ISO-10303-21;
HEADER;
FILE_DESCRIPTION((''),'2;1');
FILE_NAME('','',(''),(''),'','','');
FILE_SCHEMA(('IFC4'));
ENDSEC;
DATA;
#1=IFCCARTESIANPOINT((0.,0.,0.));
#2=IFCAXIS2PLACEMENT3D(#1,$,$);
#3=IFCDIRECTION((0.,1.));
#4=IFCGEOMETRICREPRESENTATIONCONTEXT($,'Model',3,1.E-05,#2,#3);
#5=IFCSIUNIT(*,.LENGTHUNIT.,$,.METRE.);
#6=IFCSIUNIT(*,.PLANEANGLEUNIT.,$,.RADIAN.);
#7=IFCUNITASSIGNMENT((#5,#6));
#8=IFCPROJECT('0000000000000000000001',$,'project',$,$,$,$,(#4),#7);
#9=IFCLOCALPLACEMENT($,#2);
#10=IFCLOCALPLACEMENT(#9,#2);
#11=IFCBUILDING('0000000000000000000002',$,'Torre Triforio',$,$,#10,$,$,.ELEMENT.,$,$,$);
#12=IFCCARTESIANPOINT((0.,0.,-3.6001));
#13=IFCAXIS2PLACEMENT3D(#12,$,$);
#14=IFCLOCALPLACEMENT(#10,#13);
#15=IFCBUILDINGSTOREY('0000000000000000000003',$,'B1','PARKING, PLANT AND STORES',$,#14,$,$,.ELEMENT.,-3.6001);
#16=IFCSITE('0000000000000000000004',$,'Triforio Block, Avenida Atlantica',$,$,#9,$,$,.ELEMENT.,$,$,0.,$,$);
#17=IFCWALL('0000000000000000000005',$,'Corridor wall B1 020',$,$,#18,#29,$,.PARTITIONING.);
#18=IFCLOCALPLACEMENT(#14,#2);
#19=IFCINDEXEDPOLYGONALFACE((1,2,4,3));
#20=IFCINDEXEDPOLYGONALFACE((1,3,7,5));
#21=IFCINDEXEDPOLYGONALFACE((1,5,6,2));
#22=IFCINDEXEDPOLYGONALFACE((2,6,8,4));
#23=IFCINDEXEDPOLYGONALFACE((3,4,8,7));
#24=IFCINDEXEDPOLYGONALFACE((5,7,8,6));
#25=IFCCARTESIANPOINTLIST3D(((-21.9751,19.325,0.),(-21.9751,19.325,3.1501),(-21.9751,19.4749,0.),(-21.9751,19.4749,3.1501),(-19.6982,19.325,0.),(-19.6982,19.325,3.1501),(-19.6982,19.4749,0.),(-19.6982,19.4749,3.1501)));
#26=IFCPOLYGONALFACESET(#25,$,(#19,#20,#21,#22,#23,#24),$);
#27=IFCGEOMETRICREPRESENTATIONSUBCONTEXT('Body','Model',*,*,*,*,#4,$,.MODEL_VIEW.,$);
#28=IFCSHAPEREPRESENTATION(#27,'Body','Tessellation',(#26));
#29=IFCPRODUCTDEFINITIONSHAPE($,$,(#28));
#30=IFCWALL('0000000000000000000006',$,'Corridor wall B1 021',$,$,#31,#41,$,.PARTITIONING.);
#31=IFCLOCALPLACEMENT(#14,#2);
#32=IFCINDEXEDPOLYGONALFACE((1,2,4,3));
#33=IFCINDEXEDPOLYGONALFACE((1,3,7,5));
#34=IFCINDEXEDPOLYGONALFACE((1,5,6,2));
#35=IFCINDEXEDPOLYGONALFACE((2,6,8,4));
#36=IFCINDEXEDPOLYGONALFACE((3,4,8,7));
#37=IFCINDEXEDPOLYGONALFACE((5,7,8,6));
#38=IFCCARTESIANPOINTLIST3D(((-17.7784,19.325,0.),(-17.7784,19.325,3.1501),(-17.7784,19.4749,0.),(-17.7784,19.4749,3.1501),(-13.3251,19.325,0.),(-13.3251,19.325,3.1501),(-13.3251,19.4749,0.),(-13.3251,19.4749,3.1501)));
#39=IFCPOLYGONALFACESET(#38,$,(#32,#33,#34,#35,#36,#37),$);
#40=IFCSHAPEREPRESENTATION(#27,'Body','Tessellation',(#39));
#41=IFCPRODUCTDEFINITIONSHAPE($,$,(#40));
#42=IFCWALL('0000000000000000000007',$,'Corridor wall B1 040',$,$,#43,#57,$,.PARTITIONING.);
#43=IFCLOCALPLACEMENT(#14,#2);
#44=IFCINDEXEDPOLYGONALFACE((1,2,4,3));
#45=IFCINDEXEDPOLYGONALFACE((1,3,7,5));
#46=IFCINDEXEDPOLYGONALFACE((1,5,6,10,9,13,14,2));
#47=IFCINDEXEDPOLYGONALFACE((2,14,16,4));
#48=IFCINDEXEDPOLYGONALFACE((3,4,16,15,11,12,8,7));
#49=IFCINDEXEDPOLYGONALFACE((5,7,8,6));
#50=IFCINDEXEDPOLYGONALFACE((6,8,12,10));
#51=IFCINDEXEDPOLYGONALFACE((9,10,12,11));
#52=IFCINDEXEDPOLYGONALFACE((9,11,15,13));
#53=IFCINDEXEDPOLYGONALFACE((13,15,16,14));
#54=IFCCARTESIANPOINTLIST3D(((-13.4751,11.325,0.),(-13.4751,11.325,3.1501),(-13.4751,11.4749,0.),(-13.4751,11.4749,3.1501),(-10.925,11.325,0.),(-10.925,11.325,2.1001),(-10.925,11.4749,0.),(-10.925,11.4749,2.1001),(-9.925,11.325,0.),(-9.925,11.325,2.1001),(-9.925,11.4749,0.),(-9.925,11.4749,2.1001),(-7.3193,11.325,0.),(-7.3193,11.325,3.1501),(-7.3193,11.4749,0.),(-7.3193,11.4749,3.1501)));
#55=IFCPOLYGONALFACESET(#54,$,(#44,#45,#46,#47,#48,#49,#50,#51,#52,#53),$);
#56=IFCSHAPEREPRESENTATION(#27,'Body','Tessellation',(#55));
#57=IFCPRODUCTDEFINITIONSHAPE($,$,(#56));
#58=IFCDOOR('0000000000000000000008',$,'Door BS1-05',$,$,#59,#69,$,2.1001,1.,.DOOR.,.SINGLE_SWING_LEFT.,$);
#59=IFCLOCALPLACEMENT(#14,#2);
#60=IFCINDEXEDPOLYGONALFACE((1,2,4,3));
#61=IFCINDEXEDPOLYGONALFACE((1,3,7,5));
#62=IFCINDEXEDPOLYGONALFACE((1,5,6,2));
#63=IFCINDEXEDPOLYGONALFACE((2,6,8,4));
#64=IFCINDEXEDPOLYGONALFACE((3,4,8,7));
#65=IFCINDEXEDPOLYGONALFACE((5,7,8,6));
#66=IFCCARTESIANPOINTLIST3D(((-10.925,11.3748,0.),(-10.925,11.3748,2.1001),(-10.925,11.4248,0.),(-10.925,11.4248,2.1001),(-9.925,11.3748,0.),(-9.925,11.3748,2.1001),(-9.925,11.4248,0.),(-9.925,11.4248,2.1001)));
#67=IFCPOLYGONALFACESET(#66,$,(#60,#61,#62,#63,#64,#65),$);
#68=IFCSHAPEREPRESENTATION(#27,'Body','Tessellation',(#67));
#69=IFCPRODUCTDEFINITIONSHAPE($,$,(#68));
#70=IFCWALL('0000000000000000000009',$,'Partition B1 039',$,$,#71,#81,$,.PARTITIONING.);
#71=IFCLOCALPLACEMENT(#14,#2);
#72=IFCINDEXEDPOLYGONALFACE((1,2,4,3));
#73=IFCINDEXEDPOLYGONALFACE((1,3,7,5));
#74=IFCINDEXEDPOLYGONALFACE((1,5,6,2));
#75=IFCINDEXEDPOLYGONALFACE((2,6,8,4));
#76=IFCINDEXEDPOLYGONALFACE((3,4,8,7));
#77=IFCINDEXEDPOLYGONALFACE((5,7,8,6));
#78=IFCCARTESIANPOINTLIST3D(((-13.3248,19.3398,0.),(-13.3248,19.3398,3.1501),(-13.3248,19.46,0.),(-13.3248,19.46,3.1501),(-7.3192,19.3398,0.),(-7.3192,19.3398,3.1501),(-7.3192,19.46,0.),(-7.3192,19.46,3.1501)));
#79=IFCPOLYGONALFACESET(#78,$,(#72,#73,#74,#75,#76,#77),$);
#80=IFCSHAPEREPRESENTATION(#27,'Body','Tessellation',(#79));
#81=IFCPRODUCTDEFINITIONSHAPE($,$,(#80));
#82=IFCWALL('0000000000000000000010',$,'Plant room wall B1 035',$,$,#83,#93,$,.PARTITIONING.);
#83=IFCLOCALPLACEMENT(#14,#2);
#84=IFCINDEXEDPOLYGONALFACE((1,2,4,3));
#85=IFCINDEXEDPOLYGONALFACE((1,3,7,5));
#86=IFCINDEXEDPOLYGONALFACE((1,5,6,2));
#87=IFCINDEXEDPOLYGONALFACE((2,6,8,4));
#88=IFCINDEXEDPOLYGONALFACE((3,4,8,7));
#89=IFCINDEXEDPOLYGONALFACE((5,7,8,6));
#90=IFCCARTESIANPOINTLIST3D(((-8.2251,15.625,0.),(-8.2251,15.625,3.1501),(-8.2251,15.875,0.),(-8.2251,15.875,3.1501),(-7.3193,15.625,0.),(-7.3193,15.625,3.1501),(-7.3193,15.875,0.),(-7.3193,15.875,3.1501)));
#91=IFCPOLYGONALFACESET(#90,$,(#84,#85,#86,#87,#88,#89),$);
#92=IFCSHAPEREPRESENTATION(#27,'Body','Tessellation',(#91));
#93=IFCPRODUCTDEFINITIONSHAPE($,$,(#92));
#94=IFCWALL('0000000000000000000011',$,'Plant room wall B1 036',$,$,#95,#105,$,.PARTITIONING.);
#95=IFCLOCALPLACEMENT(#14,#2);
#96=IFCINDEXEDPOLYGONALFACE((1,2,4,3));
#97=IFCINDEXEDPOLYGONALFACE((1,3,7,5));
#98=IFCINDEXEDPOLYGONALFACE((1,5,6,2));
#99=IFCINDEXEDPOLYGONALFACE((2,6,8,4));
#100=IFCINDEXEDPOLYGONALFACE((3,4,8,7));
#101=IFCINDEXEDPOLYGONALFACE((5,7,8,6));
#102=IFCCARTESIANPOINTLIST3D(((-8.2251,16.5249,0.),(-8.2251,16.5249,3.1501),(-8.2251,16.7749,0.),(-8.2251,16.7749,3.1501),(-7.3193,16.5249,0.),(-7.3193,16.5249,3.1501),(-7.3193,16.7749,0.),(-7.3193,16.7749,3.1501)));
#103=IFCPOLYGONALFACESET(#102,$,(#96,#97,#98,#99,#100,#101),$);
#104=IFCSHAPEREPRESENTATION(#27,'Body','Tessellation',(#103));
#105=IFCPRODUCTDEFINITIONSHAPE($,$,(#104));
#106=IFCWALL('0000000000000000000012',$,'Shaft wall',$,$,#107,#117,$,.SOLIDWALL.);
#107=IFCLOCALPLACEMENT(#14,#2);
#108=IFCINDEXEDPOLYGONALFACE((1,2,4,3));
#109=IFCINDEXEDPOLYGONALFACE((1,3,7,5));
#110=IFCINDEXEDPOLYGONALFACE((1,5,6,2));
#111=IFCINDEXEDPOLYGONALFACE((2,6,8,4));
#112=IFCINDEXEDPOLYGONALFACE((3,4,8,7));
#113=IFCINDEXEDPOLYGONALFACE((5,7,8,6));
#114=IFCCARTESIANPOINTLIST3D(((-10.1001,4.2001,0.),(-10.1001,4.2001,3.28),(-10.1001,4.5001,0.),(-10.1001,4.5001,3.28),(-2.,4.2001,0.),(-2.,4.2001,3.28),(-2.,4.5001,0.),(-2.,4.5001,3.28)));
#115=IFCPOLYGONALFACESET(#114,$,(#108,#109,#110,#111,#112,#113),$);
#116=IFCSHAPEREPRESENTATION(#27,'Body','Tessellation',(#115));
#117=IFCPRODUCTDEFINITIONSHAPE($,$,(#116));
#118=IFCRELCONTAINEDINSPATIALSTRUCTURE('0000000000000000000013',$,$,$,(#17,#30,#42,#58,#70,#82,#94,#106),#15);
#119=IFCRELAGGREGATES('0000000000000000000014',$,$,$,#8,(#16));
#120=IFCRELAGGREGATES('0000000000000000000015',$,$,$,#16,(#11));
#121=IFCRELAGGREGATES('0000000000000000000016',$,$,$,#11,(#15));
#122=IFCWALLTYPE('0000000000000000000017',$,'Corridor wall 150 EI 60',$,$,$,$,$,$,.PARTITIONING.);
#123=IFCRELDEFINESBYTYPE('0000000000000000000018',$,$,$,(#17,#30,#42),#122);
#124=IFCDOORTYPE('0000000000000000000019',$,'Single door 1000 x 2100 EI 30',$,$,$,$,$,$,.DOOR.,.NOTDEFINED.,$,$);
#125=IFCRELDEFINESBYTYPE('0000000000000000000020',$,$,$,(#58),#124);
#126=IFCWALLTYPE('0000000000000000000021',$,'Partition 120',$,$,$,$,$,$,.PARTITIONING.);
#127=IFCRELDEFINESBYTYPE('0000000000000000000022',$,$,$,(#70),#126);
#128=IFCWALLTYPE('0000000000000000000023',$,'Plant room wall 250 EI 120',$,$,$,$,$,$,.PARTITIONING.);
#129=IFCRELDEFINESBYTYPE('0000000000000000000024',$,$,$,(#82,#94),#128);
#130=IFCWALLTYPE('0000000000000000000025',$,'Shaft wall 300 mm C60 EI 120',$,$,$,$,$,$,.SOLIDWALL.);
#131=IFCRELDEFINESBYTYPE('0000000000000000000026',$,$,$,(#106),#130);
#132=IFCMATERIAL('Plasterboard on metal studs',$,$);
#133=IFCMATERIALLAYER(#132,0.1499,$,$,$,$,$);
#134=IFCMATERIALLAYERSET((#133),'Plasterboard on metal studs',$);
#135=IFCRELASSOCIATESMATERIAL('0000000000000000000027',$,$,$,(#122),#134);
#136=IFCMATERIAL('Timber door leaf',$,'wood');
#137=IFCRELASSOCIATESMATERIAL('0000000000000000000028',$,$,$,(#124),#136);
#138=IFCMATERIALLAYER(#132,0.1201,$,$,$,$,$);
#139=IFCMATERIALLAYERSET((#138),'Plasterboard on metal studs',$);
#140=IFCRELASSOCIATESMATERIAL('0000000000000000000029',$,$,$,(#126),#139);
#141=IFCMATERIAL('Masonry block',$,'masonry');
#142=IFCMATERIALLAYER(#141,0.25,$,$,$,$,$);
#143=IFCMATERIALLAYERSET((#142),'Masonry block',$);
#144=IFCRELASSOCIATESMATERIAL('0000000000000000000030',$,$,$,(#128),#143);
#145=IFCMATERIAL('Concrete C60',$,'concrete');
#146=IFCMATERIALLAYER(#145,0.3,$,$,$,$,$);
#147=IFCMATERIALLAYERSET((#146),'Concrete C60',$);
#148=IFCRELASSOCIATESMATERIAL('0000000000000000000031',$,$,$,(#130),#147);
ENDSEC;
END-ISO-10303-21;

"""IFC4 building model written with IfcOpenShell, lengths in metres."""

from ifc_helpers import new_model, si_unit, direction, frame, frame_2d, origin, place, context, subcontext, project, spatial, rectangle, extrude, material, layer, layer_set, type_object, element, fill, save


model = new_model("IFC4")

# Units and contexts
model_context = context("Model", 3, precision=1e-05, world=origin(), true_north=direction((0.0, 1.0)))
body_context = subcontext(model_context, "Body", "Model", "MODEL_VIEW")
ifc_project = project(units=[si_unit("LENGTHUNIT", "METRE"), si_unit("PLANEANGLEUNIT", "RADIAN")], contexts=[model_context])

# Site, building, storey
site_placement = place(None, origin())
site = spatial("IfcSite", under=ifc_project, at=site_placement, Name="Triforio Block, Avenida Atlantica", CompositionType="ELEMENT", RefElevation=0.0)
building_placement = place(site_placement, origin())
building = spatial("IfcBuilding", under=site, at=building_placement, Name="Torre Triforio", CompositionType="ELEMENT")
storey_placement = place(building_placement, frame((0.0, 0.0, -3.6001)))
storey = spatial("IfcBuildingStorey", under=building, at=storey_placement, Name="B1", Description="PARKING, PLANT AND STORES", CompositionType="ELEMENT", Elevation=-3.6001)

# Shared definitions
ifc_material_1 = material(Name="Concrete C60", Category="concrete")

# Walls
ifc_material_2 = material(Name="Plasterboard on metal studs")
ifc_layer_1 = layer(ifc_material_2, 0.1499)
ifc_layer_set_1 = layer_set([ifc_layer_1], Name="Plasterboard on metal studs")
wall_type_1 = type_object("IfcWallType", Name="Corridor wall 150 EI 60", PredefinedType="PARTITIONING", material=ifc_layer_set_1)
wall_1_placement = place(storey_placement, frame((-21.9751, 19.3999, 0.0), z_axis=(0.0, 0.0, 1.0), x_axis=(1.0, 0.0, 0.0)))
element("IfcWall", 1, at=wall_1_placement, inside=storey, type_object=wall_type_1, Name="Corridor wall B1 020", PredefinedType="PARTITIONING", context=body_context, shape_type="SweptSolid", body=[
    extrude(rectangle(XDim=2.2769, YDim=0.1499, at=frame_2d((1.1384, 0.0))), origin(), (0.0, 0.0, 1.0), 3.1501),
])
wall_2_placement = place(storey_placement, frame((-17.7783, 19.3999, 0.0), z_axis=(0.0, 0.0, 1.0), x_axis=(1.0, 0.0, 0.0)))
element("IfcWall", 2, at=wall_2_placement, inside=storey, type_object=wall_type_1, Name="Corridor wall B1 021", PredefinedType="PARTITIONING", context=body_context, shape_type="SweptSolid", body=[
    extrude(rectangle(XDim=4.4534, YDim=0.1499, at=frame_2d((2.2266, 0.0))), origin(), (0.0, 0.0, 1.0), 3.1501),
])

# Wall, opening, door
wall_3_placement = place(storey_placement, frame((-13.4751, 11.3999, 0.0), z_axis=(0.0, 0.0, 1.0), x_axis=(1.0, 0.0, 0.0)))
wall_3 = element("IfcWall", 3, at=wall_3_placement, inside=storey, type_object=wall_type_1, Name="Corridor wall B1 040", PredefinedType="PARTITIONING", context=body_context, shape_type="SweptSolid", body=[
    extrude(rectangle(XDim=6.1558, YDim=0.1499, at=frame_2d((3.0779, 0.0))), origin(), (0.0, 0.0, 1.0), 3.1501),
])
opening_1_placement = place(wall_3_placement, frame((2.55, 0.0, 0.0)))
opening_1 = element("IfcOpeningElement", 4, at=opening_1_placement, cuts=wall_3, PredefinedType="OPENING", context=body_context, shape_type="SweptSolid", body=[
    extrude(rectangle(XDim=1.0, YDim=2.1001, at=frame_2d((0.5, 1.05))), frame((0.0, 0.085, 0.0), z_axis=(0.0, -1.0, 0.0), x_axis=(1.0, 0.0, 0.0)), (0.0, 0.0, 1.0), 0.1699),
])
ifc_material_3 = material(Name="Timber door leaf", Category="wood")
door_type_1 = type_object("IfcDoorType", Name="Single door 1000 x 2100 EI 30", OperationType="NOTDEFINED", PredefinedType="DOOR", material=ifc_material_3)
door_1_placement = place(opening_1_placement, origin())
door_1 = element("IfcDoor", 5, at=door_1_placement, inside=storey, type_object=door_type_1, Name="Door BS1-05", OperationType="SINGLE_SWING_LEFT", OverallHeight=2.1001, OverallWidth=1.0, PredefinedType="DOOR", context=body_context, shape_type="SweptSolid", body=[
    extrude(rectangle(XDim=1.0, YDim=2.1001, at=frame_2d((0.5, 1.05))), frame((0.0, 0.0249, 0.0), z_axis=(0.0, -1.0, 0.0), x_axis=(1.0, 0.0, 0.0)), (0.0, 0.0, 1.0), 0.05),
])
fill(opening_1, door_1)

# Walls
ifc_layer_2 = layer(ifc_material_2, 0.1201)
ifc_layer_set_2 = layer_set([ifc_layer_2], Name="Plasterboard on metal studs")
wall_type_2 = type_object("IfcWallType", Name="Partition 120", PredefinedType="PARTITIONING", material=ifc_layer_set_2)
wall_4_placement = place(storey_placement, frame((-13.325, 19.3999, 0.0), z_axis=(0.0, 0.0, 1.0), x_axis=(1.0, 0.0, 0.0)))
element("IfcWall", 6, at=wall_4_placement, inside=storey, type_object=wall_type_2, Name="Partition B1 039", PredefinedType="PARTITIONING", context=body_context, shape_type="SweptSolid", body=[
    extrude(rectangle(XDim=6.0056, YDim=0.1201, at=frame_2d((3.0029, 0.0))), origin(), (0.0, 0.0, 1.0), 3.1501),
])
ifc_material_4 = material(Name="Masonry block", Category="masonry")
ifc_layer_3 = layer(ifc_material_4, 0.25)
ifc_layer_set_3 = layer_set([ifc_layer_3], Name="Masonry block")
wall_type_3 = type_object("IfcWallType", Name="Plant room wall 250 EI 120", PredefinedType="PARTITIONING", material=ifc_layer_set_3)
for number, where, z_axis, x_axis, name in (
    (7, (-8.2251, 15.75, 0.0), (0.0, 0.0, 1.0), (1.0, 0.0, 0.0), "Plant room wall B1 035"),
    (8, (-8.2251, 16.6499, 0.0), (0.0, 0.0, 1.0), (1.0, 0.0, 0.0), "Plant room wall B1 036"),
):
    element("IfcWall", number, at=place(storey_placement, frame(where, z_axis=z_axis, x_axis=x_axis)), inside=storey, type_object=wall_type_3, Name=name, PredefinedType="PARTITIONING", context=body_context, shape_type="SweptSolid", body=[
        extrude(rectangle(XDim=0.9058, YDim=0.25, at=frame_2d((0.4529, 0.0))), origin(), (0.0, 0.0, 1.0), 3.1501),
    ])
ifc_layer_4 = layer(ifc_material_1, 0.3)
ifc_layer_set_4 = layer_set([ifc_layer_4], Name="Concrete C60")
wall_type_4 = type_object("IfcWallType", Name="Shaft wall 300 mm C60 EI 120", PredefinedType="SOLIDWALL", material=ifc_layer_set_4)
wall_5_placement = place(storey_placement, frame((-10.1001, 4.3501, 0.0), z_axis=(0.0, 0.0, 1.0), x_axis=(1.0, 0.0, 0.0)))
element("IfcWall", 9, at=wall_5_placement, inside=storey, type_object=wall_type_4, Name="Shaft wall", PredefinedType="SOLIDWALL", context=body_context, shape_type="SweptSolid", body=[
    extrude(rectangle(XDim=8.1001, YDim=0.3, at=frame_2d((4.05, 0.0))), origin(), (0.0, 0.0, 1.0), 3.28),
])

save(model, "model.ifc")
